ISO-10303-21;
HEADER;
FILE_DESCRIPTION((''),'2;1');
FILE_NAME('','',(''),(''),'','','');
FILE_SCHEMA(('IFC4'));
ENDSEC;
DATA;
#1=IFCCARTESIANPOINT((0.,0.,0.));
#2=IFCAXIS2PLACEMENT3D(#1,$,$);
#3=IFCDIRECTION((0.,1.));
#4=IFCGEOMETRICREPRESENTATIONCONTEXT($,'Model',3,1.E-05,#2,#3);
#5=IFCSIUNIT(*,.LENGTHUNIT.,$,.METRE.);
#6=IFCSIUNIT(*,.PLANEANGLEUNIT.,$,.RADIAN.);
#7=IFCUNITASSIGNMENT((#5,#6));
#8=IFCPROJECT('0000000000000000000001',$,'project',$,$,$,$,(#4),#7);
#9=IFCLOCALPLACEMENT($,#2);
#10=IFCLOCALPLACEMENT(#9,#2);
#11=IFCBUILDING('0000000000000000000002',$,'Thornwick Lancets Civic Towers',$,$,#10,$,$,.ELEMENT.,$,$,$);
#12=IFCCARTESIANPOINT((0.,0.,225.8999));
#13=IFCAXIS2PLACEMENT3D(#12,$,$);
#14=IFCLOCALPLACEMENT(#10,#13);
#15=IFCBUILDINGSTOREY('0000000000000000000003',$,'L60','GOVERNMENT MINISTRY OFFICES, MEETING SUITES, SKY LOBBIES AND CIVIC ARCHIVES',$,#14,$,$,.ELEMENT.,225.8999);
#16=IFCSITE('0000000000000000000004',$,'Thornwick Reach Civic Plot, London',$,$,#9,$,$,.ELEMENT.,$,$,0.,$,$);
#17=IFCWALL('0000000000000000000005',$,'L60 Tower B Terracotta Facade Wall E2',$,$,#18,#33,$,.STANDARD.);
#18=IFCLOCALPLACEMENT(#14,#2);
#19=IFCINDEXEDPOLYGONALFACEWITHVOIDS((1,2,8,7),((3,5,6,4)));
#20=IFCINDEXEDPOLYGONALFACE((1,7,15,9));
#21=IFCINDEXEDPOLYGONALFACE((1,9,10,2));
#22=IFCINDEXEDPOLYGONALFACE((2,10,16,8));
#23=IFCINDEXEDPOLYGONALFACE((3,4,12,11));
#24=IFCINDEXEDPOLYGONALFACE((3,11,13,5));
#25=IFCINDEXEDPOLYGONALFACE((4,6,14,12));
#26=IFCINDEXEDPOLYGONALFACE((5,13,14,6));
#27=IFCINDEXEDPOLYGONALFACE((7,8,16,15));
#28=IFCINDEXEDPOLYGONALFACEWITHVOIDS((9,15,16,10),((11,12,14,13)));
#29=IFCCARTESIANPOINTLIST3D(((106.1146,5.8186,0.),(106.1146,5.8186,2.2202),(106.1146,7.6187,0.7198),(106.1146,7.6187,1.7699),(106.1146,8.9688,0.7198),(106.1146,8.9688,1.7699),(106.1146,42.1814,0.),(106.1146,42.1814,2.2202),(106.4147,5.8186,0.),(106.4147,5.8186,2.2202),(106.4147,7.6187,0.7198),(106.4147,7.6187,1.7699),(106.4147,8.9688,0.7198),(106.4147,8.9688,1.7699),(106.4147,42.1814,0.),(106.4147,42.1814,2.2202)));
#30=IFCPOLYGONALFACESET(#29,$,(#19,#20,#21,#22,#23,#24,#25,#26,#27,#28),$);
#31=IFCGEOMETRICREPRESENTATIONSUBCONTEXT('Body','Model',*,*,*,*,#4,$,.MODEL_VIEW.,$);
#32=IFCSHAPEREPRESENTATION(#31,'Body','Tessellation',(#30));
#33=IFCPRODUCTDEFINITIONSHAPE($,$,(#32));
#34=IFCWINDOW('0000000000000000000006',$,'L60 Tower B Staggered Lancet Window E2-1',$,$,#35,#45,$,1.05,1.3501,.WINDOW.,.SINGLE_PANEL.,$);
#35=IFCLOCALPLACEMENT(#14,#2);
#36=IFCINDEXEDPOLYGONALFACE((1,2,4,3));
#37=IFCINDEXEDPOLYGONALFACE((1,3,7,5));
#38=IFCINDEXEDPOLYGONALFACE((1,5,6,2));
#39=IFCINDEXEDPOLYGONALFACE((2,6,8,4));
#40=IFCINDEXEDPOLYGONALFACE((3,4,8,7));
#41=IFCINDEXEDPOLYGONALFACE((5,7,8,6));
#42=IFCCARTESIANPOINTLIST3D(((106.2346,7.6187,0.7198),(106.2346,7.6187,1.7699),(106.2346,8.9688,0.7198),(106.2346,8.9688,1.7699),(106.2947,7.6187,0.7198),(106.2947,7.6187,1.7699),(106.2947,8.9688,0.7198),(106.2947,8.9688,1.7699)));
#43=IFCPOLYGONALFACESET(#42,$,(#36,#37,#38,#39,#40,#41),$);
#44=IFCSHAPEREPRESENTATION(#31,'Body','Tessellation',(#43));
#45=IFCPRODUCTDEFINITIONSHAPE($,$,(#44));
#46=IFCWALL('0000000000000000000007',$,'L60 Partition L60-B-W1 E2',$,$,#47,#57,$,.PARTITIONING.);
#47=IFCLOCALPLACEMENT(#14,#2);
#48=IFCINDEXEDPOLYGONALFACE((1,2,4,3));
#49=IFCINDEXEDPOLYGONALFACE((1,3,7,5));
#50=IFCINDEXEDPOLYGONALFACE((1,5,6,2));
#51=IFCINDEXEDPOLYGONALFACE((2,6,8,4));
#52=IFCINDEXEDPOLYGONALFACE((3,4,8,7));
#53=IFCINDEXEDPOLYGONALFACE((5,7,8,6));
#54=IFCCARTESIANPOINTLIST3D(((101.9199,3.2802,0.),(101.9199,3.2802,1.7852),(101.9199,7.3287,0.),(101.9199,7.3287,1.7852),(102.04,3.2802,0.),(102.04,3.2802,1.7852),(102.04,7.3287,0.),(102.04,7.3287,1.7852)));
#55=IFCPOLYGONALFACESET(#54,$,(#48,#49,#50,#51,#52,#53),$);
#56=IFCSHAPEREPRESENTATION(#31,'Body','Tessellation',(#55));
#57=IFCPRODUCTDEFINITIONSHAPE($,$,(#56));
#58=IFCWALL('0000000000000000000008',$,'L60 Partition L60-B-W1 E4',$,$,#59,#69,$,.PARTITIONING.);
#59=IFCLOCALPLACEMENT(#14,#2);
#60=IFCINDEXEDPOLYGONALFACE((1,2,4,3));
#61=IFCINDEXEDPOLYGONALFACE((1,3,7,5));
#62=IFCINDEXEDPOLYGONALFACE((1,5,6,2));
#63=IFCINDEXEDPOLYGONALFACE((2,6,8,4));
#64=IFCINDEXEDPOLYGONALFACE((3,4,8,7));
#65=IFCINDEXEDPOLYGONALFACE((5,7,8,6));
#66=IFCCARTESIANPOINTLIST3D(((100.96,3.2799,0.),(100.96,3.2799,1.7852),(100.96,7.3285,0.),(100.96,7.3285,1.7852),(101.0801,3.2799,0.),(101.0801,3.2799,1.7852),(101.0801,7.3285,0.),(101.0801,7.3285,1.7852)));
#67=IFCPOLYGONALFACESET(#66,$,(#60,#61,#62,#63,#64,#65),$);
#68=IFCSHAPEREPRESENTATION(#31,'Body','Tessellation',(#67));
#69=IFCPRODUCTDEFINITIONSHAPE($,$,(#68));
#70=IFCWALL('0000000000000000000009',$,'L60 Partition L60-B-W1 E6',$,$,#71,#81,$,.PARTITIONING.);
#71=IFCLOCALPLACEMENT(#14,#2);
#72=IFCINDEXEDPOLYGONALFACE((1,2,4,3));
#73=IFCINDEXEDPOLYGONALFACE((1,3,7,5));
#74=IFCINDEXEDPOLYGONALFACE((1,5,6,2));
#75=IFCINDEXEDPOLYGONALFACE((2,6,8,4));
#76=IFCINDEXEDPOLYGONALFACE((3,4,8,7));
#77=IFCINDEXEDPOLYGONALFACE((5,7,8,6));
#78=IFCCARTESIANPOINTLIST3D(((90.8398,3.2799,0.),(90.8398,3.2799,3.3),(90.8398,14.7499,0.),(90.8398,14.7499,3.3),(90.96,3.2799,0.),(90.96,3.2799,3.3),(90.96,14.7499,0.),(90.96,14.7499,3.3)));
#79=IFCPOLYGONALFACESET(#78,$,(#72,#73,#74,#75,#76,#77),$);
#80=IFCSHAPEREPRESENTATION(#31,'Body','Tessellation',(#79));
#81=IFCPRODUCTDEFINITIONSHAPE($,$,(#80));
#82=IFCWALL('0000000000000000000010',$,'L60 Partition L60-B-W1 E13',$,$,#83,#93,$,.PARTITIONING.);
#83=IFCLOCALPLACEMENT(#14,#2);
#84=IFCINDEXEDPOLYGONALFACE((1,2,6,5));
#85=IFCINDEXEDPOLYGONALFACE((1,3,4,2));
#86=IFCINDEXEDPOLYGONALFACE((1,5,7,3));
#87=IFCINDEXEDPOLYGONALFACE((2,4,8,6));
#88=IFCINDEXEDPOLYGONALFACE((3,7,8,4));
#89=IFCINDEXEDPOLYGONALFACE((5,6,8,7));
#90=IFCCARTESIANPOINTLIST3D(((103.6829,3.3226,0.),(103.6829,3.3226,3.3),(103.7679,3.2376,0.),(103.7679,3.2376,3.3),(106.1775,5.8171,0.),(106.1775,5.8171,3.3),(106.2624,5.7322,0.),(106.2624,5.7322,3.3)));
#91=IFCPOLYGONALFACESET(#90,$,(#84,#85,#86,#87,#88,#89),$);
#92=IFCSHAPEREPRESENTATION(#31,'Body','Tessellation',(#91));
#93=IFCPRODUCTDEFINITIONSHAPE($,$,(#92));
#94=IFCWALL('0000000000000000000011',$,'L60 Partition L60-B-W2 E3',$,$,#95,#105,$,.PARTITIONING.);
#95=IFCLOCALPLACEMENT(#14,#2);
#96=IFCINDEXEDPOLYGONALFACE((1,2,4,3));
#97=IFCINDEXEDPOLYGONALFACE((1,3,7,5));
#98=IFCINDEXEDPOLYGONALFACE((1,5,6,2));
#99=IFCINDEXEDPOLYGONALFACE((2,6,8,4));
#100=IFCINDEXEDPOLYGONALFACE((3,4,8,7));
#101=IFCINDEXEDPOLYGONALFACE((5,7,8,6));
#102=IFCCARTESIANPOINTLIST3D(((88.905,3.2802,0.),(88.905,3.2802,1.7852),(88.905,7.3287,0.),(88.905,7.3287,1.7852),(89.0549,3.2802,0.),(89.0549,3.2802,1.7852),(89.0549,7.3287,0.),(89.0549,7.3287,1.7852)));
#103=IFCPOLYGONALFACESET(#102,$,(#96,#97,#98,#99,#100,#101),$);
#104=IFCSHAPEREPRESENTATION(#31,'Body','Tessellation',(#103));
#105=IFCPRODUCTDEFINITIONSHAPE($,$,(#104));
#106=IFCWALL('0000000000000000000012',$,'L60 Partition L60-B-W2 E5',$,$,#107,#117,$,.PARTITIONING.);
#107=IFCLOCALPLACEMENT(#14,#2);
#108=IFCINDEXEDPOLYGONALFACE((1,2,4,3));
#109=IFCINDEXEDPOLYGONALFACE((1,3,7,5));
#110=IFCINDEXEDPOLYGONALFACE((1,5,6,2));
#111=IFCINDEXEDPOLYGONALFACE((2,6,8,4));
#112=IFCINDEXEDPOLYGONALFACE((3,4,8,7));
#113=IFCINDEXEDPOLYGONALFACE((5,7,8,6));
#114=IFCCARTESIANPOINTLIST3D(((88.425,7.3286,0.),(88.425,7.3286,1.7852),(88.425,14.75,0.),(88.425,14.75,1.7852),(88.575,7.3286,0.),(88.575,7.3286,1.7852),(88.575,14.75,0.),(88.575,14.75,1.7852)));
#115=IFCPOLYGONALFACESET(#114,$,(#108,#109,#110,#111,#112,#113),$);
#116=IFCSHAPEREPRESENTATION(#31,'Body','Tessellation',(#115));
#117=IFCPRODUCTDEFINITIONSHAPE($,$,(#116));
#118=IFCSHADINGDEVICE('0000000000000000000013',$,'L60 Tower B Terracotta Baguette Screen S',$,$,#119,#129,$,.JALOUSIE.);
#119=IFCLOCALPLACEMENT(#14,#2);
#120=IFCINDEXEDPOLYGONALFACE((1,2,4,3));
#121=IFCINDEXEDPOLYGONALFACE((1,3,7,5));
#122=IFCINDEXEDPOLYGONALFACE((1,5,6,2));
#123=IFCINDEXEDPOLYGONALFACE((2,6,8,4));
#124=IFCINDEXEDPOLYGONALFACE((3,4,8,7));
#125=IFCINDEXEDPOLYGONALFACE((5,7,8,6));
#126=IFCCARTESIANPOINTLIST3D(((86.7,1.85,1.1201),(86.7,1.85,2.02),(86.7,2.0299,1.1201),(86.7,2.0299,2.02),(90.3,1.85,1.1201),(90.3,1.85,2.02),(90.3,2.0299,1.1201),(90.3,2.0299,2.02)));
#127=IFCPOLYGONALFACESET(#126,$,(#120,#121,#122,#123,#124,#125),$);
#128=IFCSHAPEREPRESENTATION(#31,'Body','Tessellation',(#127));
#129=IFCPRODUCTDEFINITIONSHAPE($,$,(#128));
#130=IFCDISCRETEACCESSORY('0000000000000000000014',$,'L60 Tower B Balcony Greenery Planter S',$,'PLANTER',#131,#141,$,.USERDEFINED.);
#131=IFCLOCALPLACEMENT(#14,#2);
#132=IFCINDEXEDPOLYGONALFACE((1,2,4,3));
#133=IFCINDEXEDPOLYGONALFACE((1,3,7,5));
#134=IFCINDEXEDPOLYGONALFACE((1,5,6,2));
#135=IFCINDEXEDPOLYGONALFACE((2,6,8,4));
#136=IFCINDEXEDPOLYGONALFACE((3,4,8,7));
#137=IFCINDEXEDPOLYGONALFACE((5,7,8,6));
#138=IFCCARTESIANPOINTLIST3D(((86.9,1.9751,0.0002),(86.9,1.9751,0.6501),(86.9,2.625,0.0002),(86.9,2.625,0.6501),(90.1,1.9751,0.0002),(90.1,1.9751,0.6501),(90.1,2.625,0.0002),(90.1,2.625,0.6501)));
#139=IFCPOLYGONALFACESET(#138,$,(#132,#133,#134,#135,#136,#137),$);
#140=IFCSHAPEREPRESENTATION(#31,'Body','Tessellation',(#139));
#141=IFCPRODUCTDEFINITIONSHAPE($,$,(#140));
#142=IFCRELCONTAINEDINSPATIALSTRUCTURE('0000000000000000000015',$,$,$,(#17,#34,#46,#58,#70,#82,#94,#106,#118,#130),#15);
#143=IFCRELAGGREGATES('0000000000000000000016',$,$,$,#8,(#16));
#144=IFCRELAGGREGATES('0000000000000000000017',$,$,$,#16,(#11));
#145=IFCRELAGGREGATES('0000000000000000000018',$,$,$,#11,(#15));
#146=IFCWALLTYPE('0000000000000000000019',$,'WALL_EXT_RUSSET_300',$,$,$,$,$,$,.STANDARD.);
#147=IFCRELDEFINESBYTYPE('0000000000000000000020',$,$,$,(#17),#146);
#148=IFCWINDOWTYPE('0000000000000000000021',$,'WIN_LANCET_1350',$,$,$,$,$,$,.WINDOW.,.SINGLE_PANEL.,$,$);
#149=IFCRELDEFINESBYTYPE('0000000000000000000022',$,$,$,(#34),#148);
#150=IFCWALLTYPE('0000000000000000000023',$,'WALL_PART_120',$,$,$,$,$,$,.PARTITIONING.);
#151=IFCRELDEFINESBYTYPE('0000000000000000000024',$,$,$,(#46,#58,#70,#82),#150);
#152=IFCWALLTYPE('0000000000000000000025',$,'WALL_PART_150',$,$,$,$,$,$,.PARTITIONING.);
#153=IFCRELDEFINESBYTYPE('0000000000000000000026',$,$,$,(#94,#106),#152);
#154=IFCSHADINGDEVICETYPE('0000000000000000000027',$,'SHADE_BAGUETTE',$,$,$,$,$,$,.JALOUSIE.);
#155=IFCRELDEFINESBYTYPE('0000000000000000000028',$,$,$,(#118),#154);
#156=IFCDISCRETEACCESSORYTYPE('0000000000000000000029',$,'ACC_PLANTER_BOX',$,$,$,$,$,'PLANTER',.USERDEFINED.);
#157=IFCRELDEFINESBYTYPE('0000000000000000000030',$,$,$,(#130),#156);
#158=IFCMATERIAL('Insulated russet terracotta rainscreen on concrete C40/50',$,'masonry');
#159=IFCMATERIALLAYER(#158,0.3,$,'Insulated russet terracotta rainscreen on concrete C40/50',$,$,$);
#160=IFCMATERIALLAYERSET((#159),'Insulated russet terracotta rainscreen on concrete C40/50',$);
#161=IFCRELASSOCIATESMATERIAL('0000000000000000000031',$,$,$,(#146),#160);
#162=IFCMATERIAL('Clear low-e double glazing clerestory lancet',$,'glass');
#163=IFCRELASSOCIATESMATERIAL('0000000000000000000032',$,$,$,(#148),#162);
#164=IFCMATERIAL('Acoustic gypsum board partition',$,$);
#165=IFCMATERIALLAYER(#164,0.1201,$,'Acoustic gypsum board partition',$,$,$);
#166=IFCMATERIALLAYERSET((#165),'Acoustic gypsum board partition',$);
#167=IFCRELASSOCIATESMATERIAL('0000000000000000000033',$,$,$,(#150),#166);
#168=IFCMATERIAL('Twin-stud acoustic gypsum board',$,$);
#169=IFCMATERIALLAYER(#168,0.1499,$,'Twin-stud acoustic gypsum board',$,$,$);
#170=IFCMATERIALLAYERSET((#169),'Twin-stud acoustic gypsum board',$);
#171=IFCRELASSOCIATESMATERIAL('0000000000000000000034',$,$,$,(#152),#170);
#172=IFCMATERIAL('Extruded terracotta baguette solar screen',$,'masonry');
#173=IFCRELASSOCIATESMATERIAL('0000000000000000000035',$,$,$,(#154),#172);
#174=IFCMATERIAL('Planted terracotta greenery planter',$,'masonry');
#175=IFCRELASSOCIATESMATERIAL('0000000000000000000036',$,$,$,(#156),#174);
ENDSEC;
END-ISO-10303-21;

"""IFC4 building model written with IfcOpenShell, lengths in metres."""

from ifc_helpers import new_model, si_unit, direction, frame, frame_2d, origin, origin_2d, place, context, subcontext, project, spatial, rectangle, extrude, material, layer, layer_set, type_object, element, fill, save


model = new_model("IFC4")

# Units and contexts
model_context = context("Model", 3, precision=1e-05, world=origin(), true_north=direction((0.0, 1.0)))
body_context = subcontext(model_context, "Body", "Model", "MODEL_VIEW")
ifc_project = project(units=[si_unit("LENGTHUNIT", "METRE"), si_unit("PLANEANGLEUNIT", "RADIAN")], contexts=[model_context])

# Site, building, storey
site_placement = place(None, origin())
site = spatial("IfcSite", under=ifc_project, at=site_placement, Name="Thornwick Reach Civic Plot, London", CompositionType="ELEMENT", RefElevation=0.0)
building_placement = place(site_placement, origin())
building = spatial("IfcBuilding", under=site, at=building_placement, Name="Thornwick Lancets Civic Towers", CompositionType="ELEMENT")
storey_placement = place(building_placement, frame((0.0, 0.0, 225.8999)))
storey = spatial("IfcBuildingStorey", under=building, at=storey_placement, Name="L60", Description="GOVERNMENT MINISTRY OFFICES, MEETING SUITES, SKY LOBBIES AND CIVIC ARCHIVES", CompositionType="ELEMENT", Elevation=225.8999)

# Wall, opening, window
ifc_material_1 = material(Name="Insulated russet terracotta rainscreen on concrete C40/50", Category="masonry")
ifc_layer_1 = layer(ifc_material_1, 0.3, Name="Insulated russet terracotta rainscreen on concrete C40/50")
ifc_layer_set_1 = layer_set([ifc_layer_1], Name="Insulated russet terracotta rainscreen on concrete C40/50")
wall_type_1 = type_object("IfcWallType", Name="WALL_EXT_RUSSET_300", PredefinedType="STANDARD", material=ifc_layer_set_1)
wall_1_placement = place(storey_placement, frame((106.2646, 5.8186, 0.0), z_axis=(0.0, 0.0, 1.0), x_axis=(0.0, 1.0, 0.0)))
wall_1 = element("IfcWall", 1, at=wall_1_placement, inside=storey, type_object=wall_type_1, Name="L60 Tower B Terracotta Facade Wall E2", PredefinedType="STANDARD", context=body_context, shape_type="SweptSolid", body=[
    extrude(rectangle(XDim=36.3628, YDim=0.3, at=frame_2d((18.1814, 0.0))), origin(), (0.0, 0.0, 1.0), 2.2202),
])
opening_placement = place(wall_1_placement, frame((1.8, 0.0, 0.72)))
opening = element("IfcOpeningElement", 2, at=opening_placement, cuts=wall_1, PredefinedType="OPENING", context=body_context, shape_type="SweptSolid", body=[
    extrude(rectangle(XDim=1.3501, YDim=1.05, at=frame_2d((0.675, 0.5249))), frame((0.0, 0.1602, 0.0), z_axis=(0.0, -1.0, 0.0), x_axis=(1.0, 0.0, 0.0)), (0.0, 0.0, 1.0), 0.3201),
])
ifc_material_2 = material(Name="Clear low-e double glazing clerestory lancet", Category="glass")
window_type = type_object("IfcWindowType", Name="WIN_LANCET_1350", PartitioningType="SINGLE_PANEL", PredefinedType="WINDOW", material=ifc_material_2)
window_placement = place(opening_placement, origin())
window = element("IfcWindow", 3, at=window_placement, inside=storey, type_object=window_type, Name="L60 Tower B Staggered Lancet Window E2-1", OverallHeight=1.05, OverallWidth=1.3501, PartitioningType="SINGLE_PANEL", PredefinedType="WINDOW", context=body_context, shape_type="SweptSolid", body=[
    extrude(rectangle(XDim=1.3501, YDim=1.05, at=frame_2d((0.675, 0.5249))), frame((0.0, 0.03, 0.0), z_axis=(0.0, -1.0, 0.0), x_axis=(1.0, 0.0, 0.0)), (0.0, 0.0, 1.0), 0.0601),
])
fill(opening, window)

# Walls
ifc_material_3 = material(Name="Acoustic gypsum board partition")
ifc_layer_2 = layer(ifc_material_3, 0.1201, Name="Acoustic gypsum board partition")
ifc_layer_set_2 = layer_set([ifc_layer_2], Name="Acoustic gypsum board partition")
wall_type_2 = type_object("IfcWallType", Name="WALL_PART_120", PredefinedType="PARTITIONING", material=ifc_layer_set_2)
for number, where, z_axis, x_axis, name in (
    (4, (101.98, 3.28, 0.0), (0.0, 0.0, 1.0), (0.0, 1.0, 0.0), "L60 Partition L60-B-W1 E2"),
    (5, (101.02, 7.3286, 0.0), (0.0, 0.0, 1.0), (0.0, -1.0, 0.0), "L60 Partition L60-B-W1 E4"),
):
    element("IfcWall", number, at=place(storey_placement, frame(where, z_axis=z_axis, x_axis=x_axis)), inside=storey, type_object=wall_type_2, Name=name, PredefinedType="PARTITIONING", context=body_context, shape_type="SweptSolid", body=[
        extrude(rectangle(XDim=4.0486, YDim=0.1201, at=frame_2d((2.0244, 0.0))), origin(), (0.0, 0.0, 1.0), 1.7852),
    ])
wall_2_placement = place(storey_placement, frame((90.8999, 3.28, 0.0), z_axis=(0.0, 0.0, 1.0), x_axis=(0.0, 1.0, 0.0)))
element("IfcWall", 6, at=wall_2_placement, inside=storey, type_object=wall_type_2, Name="L60 Partition L60-B-W1 E6", PredefinedType="PARTITIONING", context=body_context, shape_type="SweptSolid", body=[
    extrude(rectangle(XDim=11.47, YDim=0.1201, at=frame_2d((5.7349, 0.0))), origin(), (0.0, 0.0, 1.0), 3.3),
])
wall_3_placement = place(storey_placement, frame((106.22, 5.7747, 0.0), z_axis=(0.0, 0.0, 1.0), x_axis=(-0.707107, -0.707107, 0.0)))
element("IfcWall", 7, at=wall_3_placement, inside=storey, type_object=wall_type_2, Name="L60 Partition L60-B-W1 E13", PredefinedType="PARTITIONING", context=body_context, shape_type="SweptSolid", body=[
    extrude(rectangle(XDim=3.5278, YDim=0.1201, at=frame_2d((1.7639, 0.0))), origin(), (0.0, 0.0, 1.0), 3.3),
])
ifc_material_4 = material(Name="Twin-stud acoustic gypsum board")
ifc_layer_3 = layer(ifc_material_4, 0.1499, Name="Twin-stud acoustic gypsum board")
ifc_layer_set_3 = layer_set([ifc_layer_3], Name="Twin-stud acoustic gypsum board")
wall_type_3 = type_object("IfcWallType", Name="WALL_PART_150", PredefinedType="PARTITIONING", material=ifc_layer_set_3)
wall_4_placement = place(storey_placement, frame((88.98, 3.28, 0.0), z_axis=(0.0, 0.0, 1.0), x_axis=(0.0, 1.0, 0.0)))
element("IfcWall", 8, at=wall_4_placement, inside=storey, type_object=wall_type_3, Name="L60 Partition L60-B-W2 E3", PredefinedType="PARTITIONING", context=body_context, shape_type="SweptSolid", body=[
    extrude(rectangle(XDim=4.0486, YDim=0.1499, at=frame_2d((2.0244, 0.0))), origin(), (0.0, 0.0, 1.0), 1.7852),
])
wall_5_placement = place(storey_placement, frame((88.5, 7.3286, 0.0), z_axis=(0.0, 0.0, 1.0), x_axis=(0.0, 1.0, 0.0)))
element("IfcWall", 9, at=wall_5_placement, inside=storey, type_object=wall_type_3, Name="L60 Partition L60-B-W2 E5", PredefinedType="PARTITIONING", context=body_context, shape_type="SweptSolid", body=[
    extrude(rectangle(XDim=7.4214, YDim=0.1499, at=frame_2d((3.7107, 0.0))), origin(), (0.0, 0.0, 1.0), 1.7852),
])

# Shading device
ifc_material_5 = material(Name="Extruded terracotta baguette solar screen", Category="masonry")
shading_device_type = type_object("IfcShadingDeviceType", Name="SHADE_BAGUETTE", PredefinedType="JALOUSIE", material=ifc_material_5)
shading_device_placement = place(storey_placement, frame((88.5, 1.9399, 1.1201), z_axis=(0.0, 0.0, 1.0), x_axis=(1.0, 0.0, 0.0)))
element("IfcShadingDevice", 10, at=shading_device_placement, inside=storey, type_object=shading_device_type, Name="L60 Tower B Terracotta Baguette Screen S", PredefinedType="JALOUSIE", context=body_context, shape_type="SweptSolid", body=[
    extrude(rectangle(XDim=3.6001, YDim=0.1799, at=origin_2d()), origin(), (0.0, 0.0, 1.0), 0.8999),
])

# Discrete accessory
ifc_material_6 = material(Name="Planted terracotta greenery planter", Category="masonry")
discrete_accessory_type = type_object("IfcDiscreteAccessoryType", Name="ACC_PLANTER_BOX", ElementType="PLANTER", PredefinedType="USERDEFINED", material=ifc_material_6)
discrete_accessory_placement = place(storey_placement, frame((88.5, 2.3, 0.0002), z_axis=(0.0, 0.0, 1.0), x_axis=(1.0, 0.0, 0.0)))
element("IfcDiscreteAccessory", 11, at=discrete_accessory_placement, inside=storey, type_object=discrete_accessory_type, Name="L60 Tower B Balcony Greenery Planter S", ObjectType="PLANTER", PredefinedType="USERDEFINED", context=body_context, shape_type="SweptSolid", body=[
    extrude(rectangle(XDim=3.2, YDim=0.6499, at=origin_2d()), origin(), (0.0, 0.0, 1.0), 0.6499),
])

save(model, "model.ifc")
